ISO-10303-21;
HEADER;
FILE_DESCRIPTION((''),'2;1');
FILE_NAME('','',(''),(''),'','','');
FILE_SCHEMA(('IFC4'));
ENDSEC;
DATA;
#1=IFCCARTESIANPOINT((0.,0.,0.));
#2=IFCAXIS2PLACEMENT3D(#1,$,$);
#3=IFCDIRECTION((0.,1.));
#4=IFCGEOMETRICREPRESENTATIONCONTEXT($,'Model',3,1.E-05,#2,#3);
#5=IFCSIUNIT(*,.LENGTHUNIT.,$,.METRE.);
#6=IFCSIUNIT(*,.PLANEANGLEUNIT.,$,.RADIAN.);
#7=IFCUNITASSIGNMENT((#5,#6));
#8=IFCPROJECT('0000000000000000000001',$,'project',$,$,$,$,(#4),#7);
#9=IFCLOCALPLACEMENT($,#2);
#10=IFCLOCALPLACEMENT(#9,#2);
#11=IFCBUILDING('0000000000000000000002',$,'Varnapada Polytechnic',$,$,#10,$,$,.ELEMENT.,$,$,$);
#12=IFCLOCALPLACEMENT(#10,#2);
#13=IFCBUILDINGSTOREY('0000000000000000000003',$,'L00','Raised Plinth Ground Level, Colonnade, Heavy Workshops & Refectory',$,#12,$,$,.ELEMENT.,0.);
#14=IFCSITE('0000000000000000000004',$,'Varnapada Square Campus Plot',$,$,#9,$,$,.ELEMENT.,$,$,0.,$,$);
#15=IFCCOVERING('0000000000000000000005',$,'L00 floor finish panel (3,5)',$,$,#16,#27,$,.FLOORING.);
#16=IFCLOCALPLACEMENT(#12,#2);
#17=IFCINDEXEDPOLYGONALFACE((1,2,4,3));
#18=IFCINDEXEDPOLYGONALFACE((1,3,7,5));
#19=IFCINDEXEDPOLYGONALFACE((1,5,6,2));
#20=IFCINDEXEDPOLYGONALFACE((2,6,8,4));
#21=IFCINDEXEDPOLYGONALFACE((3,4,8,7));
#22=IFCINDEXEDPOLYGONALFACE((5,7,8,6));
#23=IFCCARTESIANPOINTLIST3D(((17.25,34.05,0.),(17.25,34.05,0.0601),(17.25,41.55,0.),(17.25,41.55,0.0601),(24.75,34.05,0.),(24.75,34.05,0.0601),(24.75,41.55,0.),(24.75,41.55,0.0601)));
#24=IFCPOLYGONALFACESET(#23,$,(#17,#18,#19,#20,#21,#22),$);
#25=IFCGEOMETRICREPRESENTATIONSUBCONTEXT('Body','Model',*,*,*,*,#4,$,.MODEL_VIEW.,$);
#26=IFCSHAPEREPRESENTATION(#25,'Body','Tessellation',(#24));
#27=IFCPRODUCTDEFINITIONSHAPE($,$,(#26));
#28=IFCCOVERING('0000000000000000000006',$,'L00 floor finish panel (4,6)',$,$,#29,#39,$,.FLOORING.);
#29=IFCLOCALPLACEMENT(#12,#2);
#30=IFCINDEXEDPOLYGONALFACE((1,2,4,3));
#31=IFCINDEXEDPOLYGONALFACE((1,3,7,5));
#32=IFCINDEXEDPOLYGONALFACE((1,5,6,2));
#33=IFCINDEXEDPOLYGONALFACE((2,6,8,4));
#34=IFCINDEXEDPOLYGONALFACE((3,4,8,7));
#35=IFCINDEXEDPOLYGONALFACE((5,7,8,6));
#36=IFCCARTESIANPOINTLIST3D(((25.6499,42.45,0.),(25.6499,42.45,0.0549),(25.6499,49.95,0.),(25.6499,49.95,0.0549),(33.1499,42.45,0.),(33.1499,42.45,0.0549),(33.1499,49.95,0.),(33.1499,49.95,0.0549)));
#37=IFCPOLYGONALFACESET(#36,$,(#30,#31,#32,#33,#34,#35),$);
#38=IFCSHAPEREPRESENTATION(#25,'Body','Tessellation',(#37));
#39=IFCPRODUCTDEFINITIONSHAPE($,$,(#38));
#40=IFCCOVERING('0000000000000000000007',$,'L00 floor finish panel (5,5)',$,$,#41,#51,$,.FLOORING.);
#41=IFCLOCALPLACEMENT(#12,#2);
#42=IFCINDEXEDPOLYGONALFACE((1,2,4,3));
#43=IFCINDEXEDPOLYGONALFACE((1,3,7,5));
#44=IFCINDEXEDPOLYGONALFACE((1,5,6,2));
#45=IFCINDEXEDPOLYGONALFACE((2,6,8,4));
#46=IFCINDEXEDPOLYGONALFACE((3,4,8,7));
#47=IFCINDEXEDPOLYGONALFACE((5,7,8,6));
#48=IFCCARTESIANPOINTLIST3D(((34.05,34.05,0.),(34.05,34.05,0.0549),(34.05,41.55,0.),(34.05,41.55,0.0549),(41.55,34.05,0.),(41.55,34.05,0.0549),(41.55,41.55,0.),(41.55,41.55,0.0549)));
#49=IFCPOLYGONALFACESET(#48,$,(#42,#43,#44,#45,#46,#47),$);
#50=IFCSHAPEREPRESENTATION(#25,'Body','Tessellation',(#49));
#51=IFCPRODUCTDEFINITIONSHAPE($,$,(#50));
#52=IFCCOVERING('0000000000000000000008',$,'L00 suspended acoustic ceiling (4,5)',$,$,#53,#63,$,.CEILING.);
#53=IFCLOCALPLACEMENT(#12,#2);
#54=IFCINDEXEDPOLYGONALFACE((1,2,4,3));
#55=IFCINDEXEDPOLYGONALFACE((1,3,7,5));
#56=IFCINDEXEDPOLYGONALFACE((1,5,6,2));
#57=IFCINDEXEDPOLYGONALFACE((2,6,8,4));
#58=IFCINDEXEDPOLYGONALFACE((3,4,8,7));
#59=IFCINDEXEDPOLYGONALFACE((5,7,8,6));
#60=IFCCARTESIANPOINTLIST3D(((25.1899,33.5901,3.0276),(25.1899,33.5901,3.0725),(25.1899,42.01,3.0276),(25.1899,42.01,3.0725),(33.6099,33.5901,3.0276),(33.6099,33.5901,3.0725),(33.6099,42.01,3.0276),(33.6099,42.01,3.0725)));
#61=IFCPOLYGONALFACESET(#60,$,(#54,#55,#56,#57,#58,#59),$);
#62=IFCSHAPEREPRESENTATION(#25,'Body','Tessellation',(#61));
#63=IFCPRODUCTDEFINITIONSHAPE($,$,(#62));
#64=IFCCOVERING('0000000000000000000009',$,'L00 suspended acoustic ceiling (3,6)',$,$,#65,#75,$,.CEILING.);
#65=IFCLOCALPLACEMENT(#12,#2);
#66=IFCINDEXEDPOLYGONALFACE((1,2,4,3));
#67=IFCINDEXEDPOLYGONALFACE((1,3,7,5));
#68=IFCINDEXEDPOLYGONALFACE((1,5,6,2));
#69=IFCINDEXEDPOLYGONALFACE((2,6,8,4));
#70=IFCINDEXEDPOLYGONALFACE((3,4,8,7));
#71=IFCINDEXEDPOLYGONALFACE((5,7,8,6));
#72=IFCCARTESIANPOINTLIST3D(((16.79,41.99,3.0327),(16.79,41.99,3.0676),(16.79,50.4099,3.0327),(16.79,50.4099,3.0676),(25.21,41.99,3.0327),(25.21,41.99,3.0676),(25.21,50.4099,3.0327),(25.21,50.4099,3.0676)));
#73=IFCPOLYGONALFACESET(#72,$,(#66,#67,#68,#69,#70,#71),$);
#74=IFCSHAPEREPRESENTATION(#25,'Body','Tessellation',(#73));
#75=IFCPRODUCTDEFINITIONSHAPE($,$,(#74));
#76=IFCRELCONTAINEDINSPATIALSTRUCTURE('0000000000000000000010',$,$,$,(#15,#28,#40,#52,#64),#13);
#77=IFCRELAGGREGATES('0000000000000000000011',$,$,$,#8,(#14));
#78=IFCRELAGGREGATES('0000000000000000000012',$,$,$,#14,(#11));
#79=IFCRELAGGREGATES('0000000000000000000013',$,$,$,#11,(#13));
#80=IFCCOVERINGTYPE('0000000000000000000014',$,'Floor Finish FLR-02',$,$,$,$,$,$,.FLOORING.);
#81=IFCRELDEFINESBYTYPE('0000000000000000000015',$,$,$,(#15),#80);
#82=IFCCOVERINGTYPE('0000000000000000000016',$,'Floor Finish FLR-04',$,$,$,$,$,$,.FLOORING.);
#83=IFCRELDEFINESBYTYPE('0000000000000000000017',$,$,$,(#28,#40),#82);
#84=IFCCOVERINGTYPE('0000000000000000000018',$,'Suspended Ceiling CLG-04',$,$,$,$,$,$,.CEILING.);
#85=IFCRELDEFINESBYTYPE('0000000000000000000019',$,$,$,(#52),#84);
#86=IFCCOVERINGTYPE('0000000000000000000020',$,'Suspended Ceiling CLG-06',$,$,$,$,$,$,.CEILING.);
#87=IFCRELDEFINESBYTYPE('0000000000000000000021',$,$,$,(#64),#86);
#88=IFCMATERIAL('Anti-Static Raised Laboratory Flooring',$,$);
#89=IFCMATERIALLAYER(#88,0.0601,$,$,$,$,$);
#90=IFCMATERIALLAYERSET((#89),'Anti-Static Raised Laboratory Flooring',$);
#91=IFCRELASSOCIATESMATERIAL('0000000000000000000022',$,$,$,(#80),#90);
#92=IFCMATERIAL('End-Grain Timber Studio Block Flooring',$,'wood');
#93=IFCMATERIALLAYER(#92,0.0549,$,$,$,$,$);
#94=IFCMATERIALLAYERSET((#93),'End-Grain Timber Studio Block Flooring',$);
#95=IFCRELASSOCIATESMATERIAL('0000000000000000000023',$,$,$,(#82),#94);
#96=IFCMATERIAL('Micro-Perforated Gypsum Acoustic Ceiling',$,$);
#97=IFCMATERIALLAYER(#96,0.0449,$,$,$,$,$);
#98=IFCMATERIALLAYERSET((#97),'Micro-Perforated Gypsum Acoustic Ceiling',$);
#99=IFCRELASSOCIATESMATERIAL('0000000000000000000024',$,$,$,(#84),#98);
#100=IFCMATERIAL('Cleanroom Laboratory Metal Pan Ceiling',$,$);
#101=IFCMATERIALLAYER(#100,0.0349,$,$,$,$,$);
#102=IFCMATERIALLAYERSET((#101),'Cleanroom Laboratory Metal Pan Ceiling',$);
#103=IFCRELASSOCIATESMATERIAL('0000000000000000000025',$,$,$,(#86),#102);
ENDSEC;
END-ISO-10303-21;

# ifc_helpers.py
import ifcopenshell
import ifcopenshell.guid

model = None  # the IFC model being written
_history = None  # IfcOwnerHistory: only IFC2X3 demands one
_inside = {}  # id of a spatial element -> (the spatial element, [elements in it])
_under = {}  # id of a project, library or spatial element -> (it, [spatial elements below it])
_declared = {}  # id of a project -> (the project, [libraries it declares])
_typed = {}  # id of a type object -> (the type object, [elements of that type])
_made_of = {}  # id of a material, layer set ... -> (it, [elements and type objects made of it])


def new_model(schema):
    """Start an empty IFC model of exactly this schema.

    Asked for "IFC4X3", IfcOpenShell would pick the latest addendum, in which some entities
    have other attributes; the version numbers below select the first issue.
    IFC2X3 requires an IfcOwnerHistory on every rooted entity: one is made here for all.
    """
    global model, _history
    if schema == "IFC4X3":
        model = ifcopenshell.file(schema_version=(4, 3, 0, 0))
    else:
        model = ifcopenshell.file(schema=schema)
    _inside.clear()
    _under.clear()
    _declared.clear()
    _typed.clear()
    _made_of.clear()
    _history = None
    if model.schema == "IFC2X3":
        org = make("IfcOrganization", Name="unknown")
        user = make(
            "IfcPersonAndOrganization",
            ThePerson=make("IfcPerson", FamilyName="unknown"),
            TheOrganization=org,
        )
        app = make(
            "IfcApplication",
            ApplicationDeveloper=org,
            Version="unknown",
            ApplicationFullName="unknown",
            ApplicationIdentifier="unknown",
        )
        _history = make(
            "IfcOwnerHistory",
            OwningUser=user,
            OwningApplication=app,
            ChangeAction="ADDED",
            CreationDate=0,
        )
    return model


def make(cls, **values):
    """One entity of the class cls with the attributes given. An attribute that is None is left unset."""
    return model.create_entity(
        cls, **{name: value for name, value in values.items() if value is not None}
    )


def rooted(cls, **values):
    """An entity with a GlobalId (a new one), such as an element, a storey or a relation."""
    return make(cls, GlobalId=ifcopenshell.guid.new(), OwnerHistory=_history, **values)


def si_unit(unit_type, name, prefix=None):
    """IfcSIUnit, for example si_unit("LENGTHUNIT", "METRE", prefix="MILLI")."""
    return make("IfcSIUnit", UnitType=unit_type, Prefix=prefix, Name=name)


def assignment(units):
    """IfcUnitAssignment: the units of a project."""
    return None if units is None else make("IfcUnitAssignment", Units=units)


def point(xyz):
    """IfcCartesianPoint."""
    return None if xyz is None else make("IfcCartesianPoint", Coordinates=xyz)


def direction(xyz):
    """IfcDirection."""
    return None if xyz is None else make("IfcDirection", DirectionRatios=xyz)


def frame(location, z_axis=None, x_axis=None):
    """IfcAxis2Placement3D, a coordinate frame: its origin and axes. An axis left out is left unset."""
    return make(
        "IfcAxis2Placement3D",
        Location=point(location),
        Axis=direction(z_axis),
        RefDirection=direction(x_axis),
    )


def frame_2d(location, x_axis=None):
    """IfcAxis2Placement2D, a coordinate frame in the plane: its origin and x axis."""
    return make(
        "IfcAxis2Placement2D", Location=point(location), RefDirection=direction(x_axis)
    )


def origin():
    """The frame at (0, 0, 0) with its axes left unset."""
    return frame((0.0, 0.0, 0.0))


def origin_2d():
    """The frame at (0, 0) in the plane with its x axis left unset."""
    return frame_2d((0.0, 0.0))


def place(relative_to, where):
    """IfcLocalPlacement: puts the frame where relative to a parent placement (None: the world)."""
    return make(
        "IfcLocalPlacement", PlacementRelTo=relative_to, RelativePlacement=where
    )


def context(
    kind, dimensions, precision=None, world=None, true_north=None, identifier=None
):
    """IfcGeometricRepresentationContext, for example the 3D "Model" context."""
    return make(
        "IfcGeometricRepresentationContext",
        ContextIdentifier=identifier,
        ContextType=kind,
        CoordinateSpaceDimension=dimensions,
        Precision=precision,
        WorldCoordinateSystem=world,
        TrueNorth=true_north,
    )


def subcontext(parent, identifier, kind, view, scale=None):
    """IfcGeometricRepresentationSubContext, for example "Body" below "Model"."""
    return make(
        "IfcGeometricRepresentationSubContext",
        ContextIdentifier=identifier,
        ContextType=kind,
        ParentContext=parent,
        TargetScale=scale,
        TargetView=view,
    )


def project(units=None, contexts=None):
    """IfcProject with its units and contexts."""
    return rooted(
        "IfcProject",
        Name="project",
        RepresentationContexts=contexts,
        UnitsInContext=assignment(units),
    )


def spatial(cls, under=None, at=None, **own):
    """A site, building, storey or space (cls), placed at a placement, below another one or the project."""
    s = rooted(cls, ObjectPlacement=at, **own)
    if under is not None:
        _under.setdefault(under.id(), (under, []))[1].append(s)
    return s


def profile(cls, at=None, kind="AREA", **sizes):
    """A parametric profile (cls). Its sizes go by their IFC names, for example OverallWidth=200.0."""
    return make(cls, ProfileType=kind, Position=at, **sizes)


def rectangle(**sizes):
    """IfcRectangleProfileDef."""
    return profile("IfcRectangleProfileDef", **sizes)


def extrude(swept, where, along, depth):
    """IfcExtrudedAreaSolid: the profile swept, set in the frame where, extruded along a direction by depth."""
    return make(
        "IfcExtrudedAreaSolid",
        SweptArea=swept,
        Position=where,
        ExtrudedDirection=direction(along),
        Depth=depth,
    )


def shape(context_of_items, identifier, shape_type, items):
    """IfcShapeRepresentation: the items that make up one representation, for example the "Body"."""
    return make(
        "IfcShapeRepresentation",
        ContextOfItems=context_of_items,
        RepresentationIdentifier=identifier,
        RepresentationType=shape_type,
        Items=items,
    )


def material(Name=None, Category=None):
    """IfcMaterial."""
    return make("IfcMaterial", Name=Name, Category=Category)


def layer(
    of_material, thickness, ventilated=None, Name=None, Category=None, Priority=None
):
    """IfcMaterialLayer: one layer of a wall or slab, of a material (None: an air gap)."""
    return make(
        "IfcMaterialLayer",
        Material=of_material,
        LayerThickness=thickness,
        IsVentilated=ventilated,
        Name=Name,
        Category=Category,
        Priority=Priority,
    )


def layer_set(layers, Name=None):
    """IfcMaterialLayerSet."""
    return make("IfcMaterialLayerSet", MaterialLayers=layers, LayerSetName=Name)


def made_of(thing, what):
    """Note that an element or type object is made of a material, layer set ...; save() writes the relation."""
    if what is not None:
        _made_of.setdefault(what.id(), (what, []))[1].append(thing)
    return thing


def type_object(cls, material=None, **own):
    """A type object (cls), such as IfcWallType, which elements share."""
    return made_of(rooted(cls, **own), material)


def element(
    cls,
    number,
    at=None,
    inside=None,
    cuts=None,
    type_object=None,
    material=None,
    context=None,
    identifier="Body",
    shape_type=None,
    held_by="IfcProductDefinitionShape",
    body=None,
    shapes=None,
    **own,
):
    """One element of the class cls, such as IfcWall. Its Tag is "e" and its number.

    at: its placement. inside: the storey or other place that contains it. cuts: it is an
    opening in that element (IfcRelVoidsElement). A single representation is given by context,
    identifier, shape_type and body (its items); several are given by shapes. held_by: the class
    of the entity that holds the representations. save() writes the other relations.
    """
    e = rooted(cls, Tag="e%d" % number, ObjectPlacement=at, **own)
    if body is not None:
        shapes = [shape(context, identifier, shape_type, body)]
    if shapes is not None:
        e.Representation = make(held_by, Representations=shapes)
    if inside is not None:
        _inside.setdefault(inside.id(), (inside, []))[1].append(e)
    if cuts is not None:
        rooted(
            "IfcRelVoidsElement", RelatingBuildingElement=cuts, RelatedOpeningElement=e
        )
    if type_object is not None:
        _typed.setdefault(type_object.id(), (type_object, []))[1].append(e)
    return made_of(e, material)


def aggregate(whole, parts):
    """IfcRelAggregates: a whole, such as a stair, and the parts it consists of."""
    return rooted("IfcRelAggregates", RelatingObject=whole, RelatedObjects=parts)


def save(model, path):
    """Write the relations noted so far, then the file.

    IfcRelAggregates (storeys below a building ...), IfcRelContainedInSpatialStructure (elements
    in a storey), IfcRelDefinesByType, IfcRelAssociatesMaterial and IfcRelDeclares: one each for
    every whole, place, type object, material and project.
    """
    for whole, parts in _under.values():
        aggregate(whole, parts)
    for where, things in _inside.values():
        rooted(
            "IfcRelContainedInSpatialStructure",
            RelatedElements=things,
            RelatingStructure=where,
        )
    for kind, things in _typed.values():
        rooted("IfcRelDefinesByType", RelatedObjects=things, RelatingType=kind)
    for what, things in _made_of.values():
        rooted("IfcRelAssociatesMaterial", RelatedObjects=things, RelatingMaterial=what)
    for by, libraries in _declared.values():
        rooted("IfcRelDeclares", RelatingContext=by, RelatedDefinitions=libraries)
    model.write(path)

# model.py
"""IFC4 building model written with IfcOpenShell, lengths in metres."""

from ifc_helpers import new_model, si_unit, direction, frame, origin, origin_2d, place, context, subcontext, project, spatial, rectangle, extrude, material, layer, layer_set, type_object, element, save


model = new_model("IFC4")

# Units and contexts
model_context = context("Model", 3, precision=1e-05, world=origin(), true_north=direction((0.0, 1.0)))
body_context = subcontext(model_context, "Body", "Model", "MODEL_VIEW")
ifc_project = project(units=[si_unit("LENGTHUNIT", "METRE"), si_unit("PLANEANGLEUNIT", "RADIAN")], contexts=[model_context])

# Site, building, storey
site_placement = place(None, origin())
site = spatial("IfcSite", under=ifc_project, at=site_placement, Name="Varnapada Square Campus Plot", CompositionType="ELEMENT", RefElevation=0.0)
building_placement = place(site_placement, origin())
building = spatial("IfcBuilding", under=site, at=building_placement, Name="Varnapada Polytechnic", CompositionType="ELEMENT")
storey_placement = place(building_placement, origin())
storey = spatial("IfcBuildingStorey", under=building, at=storey_placement, Name="L00", Description="Raised Plinth Ground Level, Colonnade, Heavy Workshops & Refectory", CompositionType="ELEMENT", Elevation=0.0)

# Coverings
ifc_material_1 = material(Name="Anti-Static Raised Laboratory Flooring")
ifc_layer_1 = layer(ifc_material_1, 0.0601)
ifc_layer_set_1 = layer_set([ifc_layer_1], Name="Anti-Static Raised Laboratory Flooring")
covering_type_1 = type_object("IfcCoveringType", Name="Floor Finish FLR-02", PredefinedType="FLOORING", material=ifc_layer_set_1)
covering_1_placement = place(storey_placement, frame((21.0, 37.8, 0.0), z_axis=(0.0, 0.0, 1.0), x_axis=(1.0, 0.0, 0.0)))
element("IfcCovering", 1, at=covering_1_placement, inside=storey, type_object=covering_type_1, Name="L00 floor finish panel (3,5)", PredefinedType="FLOORING", context=body_context, shape_type="SweptSolid", body=[
    extrude(rectangle(XDim=7.5, YDim=7.5, at=origin_2d()), origin(), (0.0, 0.0, 1.0), 0.0601),
])
ifc_material_2 = material(Name="End-Grain Timber Studio Block Flooring", Category="wood")
ifc_layer_2 = layer(ifc_material_2, 0.0549)
ifc_layer_set_2 = layer_set([ifc_layer_2], Name="End-Grain Timber Studio Block Flooring")
covering_type_2 = type_object("IfcCoveringType", Name="Floor Finish FLR-04", PredefinedType="FLOORING", material=ifc_layer_set_2)
for number, where, z_axis, x_axis, name in (
    (2, (29.3999, 46.2, 0.0), (0.0, 0.0, 1.0), (1.0, 0.0, 0.0), "L00 floor finish panel (4,6)"),
    (3, (37.8, 37.8, 0.0), (0.0, 0.0, 1.0), (1.0, 0.0, 0.0), "L00 floor finish panel (5,5)"),
):
    element("IfcCovering", number, at=place(storey_placement, frame(where, z_axis=z_axis, x_axis=x_axis)), inside=storey, type_object=covering_type_2, Name=name, PredefinedType="FLOORING", context=body_context, shape_type="SweptSolid", body=[
        extrude(rectangle(XDim=7.5, YDim=7.5, at=origin_2d()), origin(), (0.0, 0.0, 1.0), 0.0549),
    ])
ifc_material_3 = material(Name="Micro-Perforated Gypsum Acoustic Ceiling")
ifc_layer_3 = layer(ifc_material_3, 0.0449)
ifc_layer_set_3 = layer_set([ifc_layer_3], Name="Micro-Perforated Gypsum Acoustic Ceiling")
covering_type_3 = type_object("IfcCoveringType", Name="Suspended Ceiling CLG-04", PredefinedType="CEILING", material=ifc_layer_set_3)
covering_2_placement = place(storey_placement, frame((29.3999, 37.8, 3.0276), z_axis=(0.0, 0.0, 1.0), x_axis=(1.0, 0.0, 0.0)))
element("IfcCovering", 4, at=covering_2_placement, inside=storey, type_object=covering_type_3, Name="L00 suspended acoustic ceiling (4,5)", PredefinedType="CEILING", context=body_context, shape_type="SweptSolid", body=[
    extrude(rectangle(XDim=8.4199, YDim=8.4199, at=origin_2d()), origin(), (0.0, 0.0, 1.0), 0.0449),
])
ifc_material_4 = material(Name="Cleanroom Laboratory Metal Pan Ceiling")
ifc_layer_4 = layer(ifc_material_4, 0.0349)
ifc_layer_set_4 = layer_set([ifc_layer_4], Name="Cleanroom Laboratory Metal Pan Ceiling")
covering_type_4 = type_object("IfcCoveringType", Name="Suspended Ceiling CLG-06", PredefinedType="CEILING", material=ifc_layer_set_4)
covering_3_placement = place(storey_placement, frame((21.0, 46.2, 3.0327), z_axis=(0.0, 0.0, 1.0), x_axis=(1.0, 0.0, 0.0)))
element("IfcCovering", 5, at=covering_3_placement, inside=storey, type_object=covering_type_4, Name="L00 suspended acoustic ceiling (3,6)", PredefinedType="CEILING", context=body_context, shape_type="SweptSolid", body=[
    extrude(rectangle(XDim=8.4199, YDim=8.4199, at=origin_2d()), origin(), (0.0, 0.0, 1.0), 0.0349),
])

save(model, "model.ifc")
